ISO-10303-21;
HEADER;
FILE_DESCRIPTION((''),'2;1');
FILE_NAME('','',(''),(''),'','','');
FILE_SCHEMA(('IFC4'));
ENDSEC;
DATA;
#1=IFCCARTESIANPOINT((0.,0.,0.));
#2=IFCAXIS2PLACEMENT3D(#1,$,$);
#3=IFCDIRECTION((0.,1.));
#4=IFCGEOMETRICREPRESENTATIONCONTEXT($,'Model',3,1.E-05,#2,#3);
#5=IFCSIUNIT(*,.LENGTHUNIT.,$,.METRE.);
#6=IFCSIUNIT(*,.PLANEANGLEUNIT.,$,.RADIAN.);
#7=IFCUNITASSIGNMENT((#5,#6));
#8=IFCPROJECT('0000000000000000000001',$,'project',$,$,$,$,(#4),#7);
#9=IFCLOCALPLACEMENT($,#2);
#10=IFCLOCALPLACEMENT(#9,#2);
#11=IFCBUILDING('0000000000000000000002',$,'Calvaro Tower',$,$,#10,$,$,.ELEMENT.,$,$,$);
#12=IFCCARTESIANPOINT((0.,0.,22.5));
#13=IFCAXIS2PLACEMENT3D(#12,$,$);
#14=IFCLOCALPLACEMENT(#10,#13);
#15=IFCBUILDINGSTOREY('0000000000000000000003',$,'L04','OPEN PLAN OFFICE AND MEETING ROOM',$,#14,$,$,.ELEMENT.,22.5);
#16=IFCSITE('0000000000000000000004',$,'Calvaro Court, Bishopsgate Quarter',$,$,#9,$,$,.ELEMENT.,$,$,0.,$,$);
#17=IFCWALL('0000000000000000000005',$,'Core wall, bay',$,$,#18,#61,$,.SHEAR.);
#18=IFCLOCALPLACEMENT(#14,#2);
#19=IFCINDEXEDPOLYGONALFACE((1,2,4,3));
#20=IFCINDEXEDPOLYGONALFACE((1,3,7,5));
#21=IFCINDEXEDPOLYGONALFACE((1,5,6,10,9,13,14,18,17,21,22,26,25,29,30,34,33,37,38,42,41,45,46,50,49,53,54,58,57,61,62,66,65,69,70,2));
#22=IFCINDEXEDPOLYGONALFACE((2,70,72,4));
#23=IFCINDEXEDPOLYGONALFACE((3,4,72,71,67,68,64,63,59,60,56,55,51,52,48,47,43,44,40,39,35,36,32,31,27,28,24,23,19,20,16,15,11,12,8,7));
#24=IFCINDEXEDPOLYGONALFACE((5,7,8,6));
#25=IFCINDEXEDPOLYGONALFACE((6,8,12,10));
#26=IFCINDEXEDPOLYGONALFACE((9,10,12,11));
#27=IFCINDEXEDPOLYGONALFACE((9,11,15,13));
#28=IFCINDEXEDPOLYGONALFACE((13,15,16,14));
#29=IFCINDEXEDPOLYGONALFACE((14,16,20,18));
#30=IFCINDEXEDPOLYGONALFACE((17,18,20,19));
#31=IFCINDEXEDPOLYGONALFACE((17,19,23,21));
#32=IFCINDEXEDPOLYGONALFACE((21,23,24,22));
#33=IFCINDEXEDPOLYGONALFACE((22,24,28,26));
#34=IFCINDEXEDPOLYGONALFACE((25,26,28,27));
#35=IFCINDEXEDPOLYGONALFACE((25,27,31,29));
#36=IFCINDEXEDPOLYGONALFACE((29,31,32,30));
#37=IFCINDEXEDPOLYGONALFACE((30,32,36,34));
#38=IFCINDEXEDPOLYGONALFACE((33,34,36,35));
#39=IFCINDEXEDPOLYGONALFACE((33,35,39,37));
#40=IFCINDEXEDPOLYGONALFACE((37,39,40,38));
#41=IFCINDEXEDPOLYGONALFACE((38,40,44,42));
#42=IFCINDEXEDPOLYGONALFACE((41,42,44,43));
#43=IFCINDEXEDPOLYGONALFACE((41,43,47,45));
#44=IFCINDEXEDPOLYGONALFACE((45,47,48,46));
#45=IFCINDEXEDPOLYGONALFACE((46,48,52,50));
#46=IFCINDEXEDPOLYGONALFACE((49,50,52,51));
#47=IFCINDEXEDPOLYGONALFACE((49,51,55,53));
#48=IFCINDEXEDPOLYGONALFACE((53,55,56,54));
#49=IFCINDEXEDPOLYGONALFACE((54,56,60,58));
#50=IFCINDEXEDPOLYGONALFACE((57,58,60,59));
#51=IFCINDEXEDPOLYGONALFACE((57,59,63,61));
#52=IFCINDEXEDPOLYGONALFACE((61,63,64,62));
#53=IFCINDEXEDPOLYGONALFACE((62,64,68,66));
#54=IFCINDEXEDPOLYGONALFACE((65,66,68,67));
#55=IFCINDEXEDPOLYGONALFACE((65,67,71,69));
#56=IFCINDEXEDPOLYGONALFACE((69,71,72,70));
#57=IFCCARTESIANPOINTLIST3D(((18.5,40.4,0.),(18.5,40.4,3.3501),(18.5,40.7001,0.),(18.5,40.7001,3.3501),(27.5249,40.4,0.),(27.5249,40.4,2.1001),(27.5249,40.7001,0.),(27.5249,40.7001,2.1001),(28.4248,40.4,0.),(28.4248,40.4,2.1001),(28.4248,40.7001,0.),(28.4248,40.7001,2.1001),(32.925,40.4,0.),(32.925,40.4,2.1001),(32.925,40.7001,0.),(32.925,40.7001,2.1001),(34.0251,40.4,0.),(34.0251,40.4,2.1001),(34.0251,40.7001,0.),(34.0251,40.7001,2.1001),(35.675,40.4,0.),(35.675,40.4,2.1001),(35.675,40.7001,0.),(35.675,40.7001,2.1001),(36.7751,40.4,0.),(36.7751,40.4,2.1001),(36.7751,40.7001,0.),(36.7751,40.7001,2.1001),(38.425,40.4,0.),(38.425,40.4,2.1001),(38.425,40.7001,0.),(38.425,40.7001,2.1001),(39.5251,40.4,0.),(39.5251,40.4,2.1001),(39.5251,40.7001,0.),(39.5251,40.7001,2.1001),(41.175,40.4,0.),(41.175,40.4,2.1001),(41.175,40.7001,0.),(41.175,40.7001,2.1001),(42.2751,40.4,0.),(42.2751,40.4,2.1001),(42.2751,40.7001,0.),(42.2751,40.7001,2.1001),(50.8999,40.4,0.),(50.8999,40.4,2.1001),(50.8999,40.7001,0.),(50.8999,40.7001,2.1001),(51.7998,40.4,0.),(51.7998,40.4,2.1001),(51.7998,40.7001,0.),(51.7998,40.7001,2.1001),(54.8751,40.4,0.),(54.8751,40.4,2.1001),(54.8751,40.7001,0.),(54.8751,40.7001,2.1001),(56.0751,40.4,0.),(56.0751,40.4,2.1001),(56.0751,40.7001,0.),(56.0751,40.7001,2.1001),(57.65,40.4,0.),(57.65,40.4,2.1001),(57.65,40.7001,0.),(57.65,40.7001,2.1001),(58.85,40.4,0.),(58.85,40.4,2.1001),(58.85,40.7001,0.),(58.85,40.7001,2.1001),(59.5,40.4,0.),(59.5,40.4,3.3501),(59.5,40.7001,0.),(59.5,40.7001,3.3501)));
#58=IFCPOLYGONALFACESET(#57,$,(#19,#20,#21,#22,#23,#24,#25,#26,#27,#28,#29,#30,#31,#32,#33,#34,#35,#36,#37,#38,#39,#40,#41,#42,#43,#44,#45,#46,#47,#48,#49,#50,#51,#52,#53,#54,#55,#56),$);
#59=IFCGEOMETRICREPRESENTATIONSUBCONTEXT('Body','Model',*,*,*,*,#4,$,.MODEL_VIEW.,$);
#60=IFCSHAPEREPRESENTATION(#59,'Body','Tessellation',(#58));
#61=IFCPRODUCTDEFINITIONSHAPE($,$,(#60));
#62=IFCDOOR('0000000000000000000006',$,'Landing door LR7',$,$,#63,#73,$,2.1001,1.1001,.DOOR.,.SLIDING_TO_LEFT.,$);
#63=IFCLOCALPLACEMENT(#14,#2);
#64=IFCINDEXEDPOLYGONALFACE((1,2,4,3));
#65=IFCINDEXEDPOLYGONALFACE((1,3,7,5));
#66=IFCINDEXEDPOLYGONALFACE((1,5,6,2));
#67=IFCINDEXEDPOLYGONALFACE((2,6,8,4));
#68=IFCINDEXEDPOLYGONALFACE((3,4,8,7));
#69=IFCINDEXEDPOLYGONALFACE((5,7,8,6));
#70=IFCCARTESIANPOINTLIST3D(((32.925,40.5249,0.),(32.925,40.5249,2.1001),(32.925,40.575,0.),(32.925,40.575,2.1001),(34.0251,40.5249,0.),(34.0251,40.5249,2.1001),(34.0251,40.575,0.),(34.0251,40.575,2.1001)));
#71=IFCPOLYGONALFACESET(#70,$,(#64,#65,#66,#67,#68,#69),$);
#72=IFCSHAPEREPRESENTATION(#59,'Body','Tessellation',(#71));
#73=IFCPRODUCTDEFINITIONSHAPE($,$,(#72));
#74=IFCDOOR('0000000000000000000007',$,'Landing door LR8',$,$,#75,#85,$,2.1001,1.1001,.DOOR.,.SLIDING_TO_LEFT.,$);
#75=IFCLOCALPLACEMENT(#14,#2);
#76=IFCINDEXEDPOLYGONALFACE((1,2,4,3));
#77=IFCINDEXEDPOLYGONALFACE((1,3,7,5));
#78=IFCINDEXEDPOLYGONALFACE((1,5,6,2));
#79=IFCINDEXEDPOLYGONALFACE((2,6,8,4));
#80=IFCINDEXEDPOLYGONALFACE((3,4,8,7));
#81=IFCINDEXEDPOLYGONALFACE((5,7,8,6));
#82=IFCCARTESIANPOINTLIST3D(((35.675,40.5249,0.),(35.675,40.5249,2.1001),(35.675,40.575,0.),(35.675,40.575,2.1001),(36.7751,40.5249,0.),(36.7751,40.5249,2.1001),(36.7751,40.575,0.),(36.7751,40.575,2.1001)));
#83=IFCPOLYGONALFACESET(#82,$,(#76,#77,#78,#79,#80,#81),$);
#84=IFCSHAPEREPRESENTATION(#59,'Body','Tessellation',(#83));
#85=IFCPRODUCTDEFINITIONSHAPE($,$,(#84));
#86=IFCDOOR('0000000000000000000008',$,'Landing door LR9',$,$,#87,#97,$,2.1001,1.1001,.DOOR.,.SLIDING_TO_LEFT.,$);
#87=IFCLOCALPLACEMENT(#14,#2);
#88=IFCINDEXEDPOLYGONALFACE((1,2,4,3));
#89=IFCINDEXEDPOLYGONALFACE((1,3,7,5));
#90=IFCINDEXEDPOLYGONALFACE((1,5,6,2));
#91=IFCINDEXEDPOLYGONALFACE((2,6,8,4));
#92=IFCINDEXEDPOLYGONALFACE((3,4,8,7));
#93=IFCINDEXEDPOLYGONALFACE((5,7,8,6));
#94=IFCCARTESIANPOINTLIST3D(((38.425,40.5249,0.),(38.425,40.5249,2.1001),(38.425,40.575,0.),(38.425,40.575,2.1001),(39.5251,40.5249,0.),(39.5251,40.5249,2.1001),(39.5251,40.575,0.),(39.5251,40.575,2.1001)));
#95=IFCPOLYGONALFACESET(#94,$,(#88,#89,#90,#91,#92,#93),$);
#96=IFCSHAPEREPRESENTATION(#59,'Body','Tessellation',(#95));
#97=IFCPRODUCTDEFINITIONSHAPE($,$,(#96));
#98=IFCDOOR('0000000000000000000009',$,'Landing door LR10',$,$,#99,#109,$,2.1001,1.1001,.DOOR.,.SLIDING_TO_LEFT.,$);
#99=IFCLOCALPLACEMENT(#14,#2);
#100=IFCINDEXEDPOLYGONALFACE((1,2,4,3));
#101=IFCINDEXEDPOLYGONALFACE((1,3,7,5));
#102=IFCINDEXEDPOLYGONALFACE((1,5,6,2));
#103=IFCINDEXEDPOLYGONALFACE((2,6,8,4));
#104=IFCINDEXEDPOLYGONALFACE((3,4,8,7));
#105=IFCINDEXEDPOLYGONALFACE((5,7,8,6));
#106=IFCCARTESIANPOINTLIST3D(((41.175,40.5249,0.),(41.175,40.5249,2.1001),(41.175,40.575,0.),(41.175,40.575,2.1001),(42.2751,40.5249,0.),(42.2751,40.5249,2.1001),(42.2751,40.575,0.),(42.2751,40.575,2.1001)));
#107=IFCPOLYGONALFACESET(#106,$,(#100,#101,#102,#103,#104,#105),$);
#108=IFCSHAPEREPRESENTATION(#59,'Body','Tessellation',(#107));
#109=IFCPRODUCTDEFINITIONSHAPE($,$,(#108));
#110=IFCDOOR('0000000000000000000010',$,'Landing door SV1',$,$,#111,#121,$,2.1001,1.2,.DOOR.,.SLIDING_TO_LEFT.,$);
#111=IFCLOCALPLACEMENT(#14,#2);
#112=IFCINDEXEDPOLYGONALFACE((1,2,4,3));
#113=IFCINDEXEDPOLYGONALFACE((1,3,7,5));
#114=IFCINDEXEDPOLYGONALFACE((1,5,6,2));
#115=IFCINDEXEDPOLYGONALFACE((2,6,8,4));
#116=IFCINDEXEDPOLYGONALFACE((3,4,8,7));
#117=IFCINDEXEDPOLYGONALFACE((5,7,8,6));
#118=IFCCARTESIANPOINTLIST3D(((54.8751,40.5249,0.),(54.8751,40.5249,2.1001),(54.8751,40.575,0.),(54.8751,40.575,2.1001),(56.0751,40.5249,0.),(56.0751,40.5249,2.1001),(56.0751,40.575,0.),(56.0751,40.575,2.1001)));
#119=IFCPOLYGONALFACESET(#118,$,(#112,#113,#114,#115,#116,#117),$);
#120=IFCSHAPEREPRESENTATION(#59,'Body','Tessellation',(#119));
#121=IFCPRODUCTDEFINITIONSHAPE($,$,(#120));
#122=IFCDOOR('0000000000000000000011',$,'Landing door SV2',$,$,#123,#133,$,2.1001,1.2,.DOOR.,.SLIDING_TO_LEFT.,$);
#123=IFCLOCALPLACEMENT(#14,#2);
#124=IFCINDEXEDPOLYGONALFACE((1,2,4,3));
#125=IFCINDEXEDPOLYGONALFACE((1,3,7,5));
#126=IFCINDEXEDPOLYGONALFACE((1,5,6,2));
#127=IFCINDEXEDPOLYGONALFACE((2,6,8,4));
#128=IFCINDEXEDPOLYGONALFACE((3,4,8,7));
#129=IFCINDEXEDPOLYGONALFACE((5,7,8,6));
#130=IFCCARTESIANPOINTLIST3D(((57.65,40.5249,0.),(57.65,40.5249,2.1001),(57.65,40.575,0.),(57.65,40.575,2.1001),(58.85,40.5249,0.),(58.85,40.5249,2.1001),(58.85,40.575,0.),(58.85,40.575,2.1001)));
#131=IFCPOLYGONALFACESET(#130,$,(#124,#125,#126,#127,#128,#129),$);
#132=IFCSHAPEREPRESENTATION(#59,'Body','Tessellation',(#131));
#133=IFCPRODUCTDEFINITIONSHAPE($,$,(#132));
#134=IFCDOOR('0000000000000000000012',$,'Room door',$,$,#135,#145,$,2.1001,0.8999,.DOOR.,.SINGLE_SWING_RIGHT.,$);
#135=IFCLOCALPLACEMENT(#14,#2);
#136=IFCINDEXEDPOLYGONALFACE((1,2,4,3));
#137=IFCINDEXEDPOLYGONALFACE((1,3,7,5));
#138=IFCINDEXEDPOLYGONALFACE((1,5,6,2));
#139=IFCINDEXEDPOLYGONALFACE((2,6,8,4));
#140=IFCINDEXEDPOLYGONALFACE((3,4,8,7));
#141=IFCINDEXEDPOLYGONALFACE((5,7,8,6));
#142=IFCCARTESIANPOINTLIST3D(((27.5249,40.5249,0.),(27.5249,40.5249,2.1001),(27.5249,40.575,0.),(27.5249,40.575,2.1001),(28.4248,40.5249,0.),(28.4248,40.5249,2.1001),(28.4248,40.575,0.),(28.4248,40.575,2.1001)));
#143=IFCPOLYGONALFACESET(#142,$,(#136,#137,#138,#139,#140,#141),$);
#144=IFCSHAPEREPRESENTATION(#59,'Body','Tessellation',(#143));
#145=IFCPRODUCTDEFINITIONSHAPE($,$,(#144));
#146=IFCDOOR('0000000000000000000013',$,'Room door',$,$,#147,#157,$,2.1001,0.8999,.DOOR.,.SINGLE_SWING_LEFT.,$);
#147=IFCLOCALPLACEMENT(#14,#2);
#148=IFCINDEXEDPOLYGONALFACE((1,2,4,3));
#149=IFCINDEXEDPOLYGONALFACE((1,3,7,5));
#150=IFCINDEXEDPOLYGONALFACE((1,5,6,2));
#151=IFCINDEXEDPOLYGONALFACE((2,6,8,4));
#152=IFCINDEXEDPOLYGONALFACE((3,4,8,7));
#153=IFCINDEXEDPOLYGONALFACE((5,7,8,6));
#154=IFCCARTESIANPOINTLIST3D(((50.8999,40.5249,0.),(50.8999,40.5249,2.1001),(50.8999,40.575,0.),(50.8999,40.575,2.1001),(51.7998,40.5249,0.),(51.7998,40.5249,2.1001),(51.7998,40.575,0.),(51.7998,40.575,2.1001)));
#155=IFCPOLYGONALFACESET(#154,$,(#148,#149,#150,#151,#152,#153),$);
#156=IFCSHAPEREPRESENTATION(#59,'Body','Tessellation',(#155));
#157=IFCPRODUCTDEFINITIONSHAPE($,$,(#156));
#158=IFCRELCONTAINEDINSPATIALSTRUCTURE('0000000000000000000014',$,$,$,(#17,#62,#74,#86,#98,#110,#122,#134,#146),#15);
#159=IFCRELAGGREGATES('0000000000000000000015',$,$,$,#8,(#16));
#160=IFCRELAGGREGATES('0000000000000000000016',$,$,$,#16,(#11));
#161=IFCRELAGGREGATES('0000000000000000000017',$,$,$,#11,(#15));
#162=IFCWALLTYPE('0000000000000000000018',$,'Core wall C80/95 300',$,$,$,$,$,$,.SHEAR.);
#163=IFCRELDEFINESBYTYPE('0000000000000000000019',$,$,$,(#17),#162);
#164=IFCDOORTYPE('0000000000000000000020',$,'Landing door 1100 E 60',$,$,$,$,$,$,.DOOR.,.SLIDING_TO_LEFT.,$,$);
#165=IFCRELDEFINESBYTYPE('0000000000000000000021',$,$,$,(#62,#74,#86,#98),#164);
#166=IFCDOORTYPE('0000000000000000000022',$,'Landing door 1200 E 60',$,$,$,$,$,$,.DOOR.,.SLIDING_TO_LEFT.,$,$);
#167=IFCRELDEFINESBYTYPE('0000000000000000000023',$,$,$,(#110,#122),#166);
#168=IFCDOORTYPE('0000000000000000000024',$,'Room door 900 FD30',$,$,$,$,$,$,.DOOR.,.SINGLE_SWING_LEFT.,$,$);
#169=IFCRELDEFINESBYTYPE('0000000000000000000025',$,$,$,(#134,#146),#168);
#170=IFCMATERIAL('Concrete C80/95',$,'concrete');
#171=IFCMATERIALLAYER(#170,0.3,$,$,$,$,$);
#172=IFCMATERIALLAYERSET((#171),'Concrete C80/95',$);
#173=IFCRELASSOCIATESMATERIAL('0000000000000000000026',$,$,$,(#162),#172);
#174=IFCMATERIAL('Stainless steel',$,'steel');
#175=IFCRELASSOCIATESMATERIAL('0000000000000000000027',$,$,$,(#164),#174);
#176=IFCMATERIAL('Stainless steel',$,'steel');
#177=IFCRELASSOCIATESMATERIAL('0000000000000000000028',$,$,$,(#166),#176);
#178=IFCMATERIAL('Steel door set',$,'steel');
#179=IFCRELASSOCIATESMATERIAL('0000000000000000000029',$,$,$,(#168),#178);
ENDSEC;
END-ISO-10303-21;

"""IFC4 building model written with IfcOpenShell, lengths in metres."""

from ifc_helpers import new_model, si_unit, direction, frame, frame_2d, origin, place, context, subcontext, project, spatial, rectangle, extrude, material, layer, layer_set, type_object, element, fill, save


model = new_model("IFC4")

# Units and contexts
model_context = context("Model", 3, precision=1e-05, world=origin(), true_north=direction((0.0, 1.0)))
body_context = subcontext(model_context, "Body", "Model", "MODEL_VIEW")
ifc_project = project(units=[si_unit("LENGTHUNIT", "METRE"), si_unit("PLANEANGLEUNIT", "RADIAN")], contexts=[model_context])

# Site, building, storey
site_placement = place(None, origin())
site = spatial("IfcSite", under=ifc_project, at=site_placement, Name="Calvaro Court, Bishopsgate Quarter", CompositionType="ELEMENT", RefElevation=0.0)
building_placement = place(site_placement, origin())
building = spatial("IfcBuilding", under=site, at=building_placement, Name="Calvaro Tower", CompositionType="ELEMENT")
storey_placement = place(building_placement, frame((0.0, 0.0, 22.5)))
storey = spatial("IfcBuildingStorey", under=building, at=storey_placement, Name="L04", Description="OPEN PLAN OFFICE AND MEETING ROOM", CompositionType="ELEMENT", Elevation=22.5)

# Shared definitions
ifc_material_1 = material(Name="Concrete C80/95", Category="concrete")
ifc_layer_1 = layer(ifc_material_1, 0.3)
ifc_layer_set_1 = layer_set([ifc_layer_1], Name="Concrete C80/95")
wall_type_1 = type_object("IfcWallType", Name="Core wall C80/95 300", PredefinedType="SHEAR", material=ifc_layer_set_1)

# Shared definitions
ifc_material_2 = material(Name="Stainless steel", Category="steel")
door_type_1 = type_object("IfcDoorType", Name="Landing door 1100 E 60", OperationType="SLIDING_TO_LEFT", PredefinedType="DOOR", material=ifc_material_2)

# Wall, openings, doors
wall_1_placement = place(storey_placement, frame((18.5, 40.55, 0.0), z_axis=(0.0, 0.0, 1.0), x_axis=(1.0, 0.0, 0.0)))
wall_1 = element("IfcWall", 1, at=wall_1_placement, inside=storey, type_object=wall_type_1, Name="Core wall, bay", PredefinedType="SHEAR", context=body_context, shape_type="SweptSolid", body=[
    extrude(rectangle(XDim=41.0, YDim=0.3, at=frame_2d((20.5, 0.0))), origin(), (0.0, 0.0, 1.0), 3.3501),
])
opening_1_placement = place(wall_1_placement, frame((9.0249, 0.0, 0.0)))
opening_1 = element("IfcOpeningElement", 2, at=opening_1_placement, cuts=wall_1, PredefinedType="OPENING", context=body_context, shape_type="SweptSolid", body=[
    extrude(rectangle(XDim=0.8999, YDim=2.1001, at=frame_2d((0.45, 1.05))), frame((0.0, 0.1599, 0.0), z_axis=(0.0, -1.0, 0.0), x_axis=(1.0, 0.0, 0.0)), (0.0, 0.0, 1.0), 0.3201),
])
opening_2_placement = place(wall_1_placement, frame((32.3999, 0.0, 0.0)))
opening_2 = element("IfcOpeningElement", 3, at=opening_2_placement, cuts=wall_1, PredefinedType="OPENING", context=body_context, shape_type="SweptSolid", body=[
    extrude(rectangle(XDim=0.8999, YDim=2.1001, at=frame_2d((0.45, 1.05))), frame((0.0, 0.1599, 0.0), z_axis=(0.0, -1.0, 0.0), x_axis=(1.0, 0.0, 0.0)), (0.0, 0.0, 1.0), 0.3201),
])
opening_3_placement = place(wall_1_placement, frame((14.425, 0.0, 0.0)))
opening_3 = element("IfcOpeningElement", 4, at=opening_3_placement, cuts=wall_1, PredefinedType="OPENING", context=body_context, shape_type="SweptSolid", body=[
    extrude(rectangle(XDim=1.1001, YDim=2.1001, at=frame_2d((0.55, 1.05))), frame((0.0, 0.1599, 0.0), z_axis=(0.0, -1.0, 0.0), x_axis=(1.0, 0.0, 0.0)), (0.0, 0.0, 1.0), 0.3201),
])
opening_4_placement = place(wall_1_placement, frame((17.175, 0.0, 0.0)))
opening_4 = element("IfcOpeningElement", 5, at=opening_4_placement, cuts=wall_1, PredefinedType="OPENING", context=body_context, shape_type="SweptSolid", body=[
    extrude(rectangle(XDim=1.1001, YDim=2.1001, at=frame_2d((0.55, 1.05))), frame((0.0, 0.1599, 0.0), z_axis=(0.0, -1.0, 0.0), x_axis=(1.0, 0.0, 0.0)), (0.0, 0.0, 1.0), 0.3201),
])
opening_5_placement = place(wall_1_placement, frame((19.925, 0.0, 0.0)))
opening_5 = element("IfcOpeningElement", 6, at=opening_5_placement, cuts=wall_1, PredefinedType="OPENING", context=body_context, shape_type="SweptSolid", body=[
    extrude(rectangle(XDim=1.1001, YDim=2.1001, at=frame_2d((0.55, 1.05))), frame((0.0, 0.1599, 0.0), z_axis=(0.0, -1.0, 0.0), x_axis=(1.0, 0.0, 0.0)), (0.0, 0.0, 1.0), 0.3201),
])
opening_6_placement = place(wall_1_placement, frame((22.675, 0.0, 0.0)))
opening_6 = element("IfcOpeningElement", 7, at=opening_6_placement, cuts=wall_1, PredefinedType="OPENING", context=body_context, shape_type="SweptSolid", body=[
    extrude(rectangle(XDim=1.1001, YDim=2.1001, at=frame_2d((0.55, 1.05))), frame((0.0, 0.1599, 0.0), z_axis=(0.0, -1.0, 0.0), x_axis=(1.0, 0.0, 0.0)), (0.0, 0.0, 1.0), 0.3201),
])
opening_7_placement = place(wall_1_placement, frame((36.375, 0.0, 0.0)))
opening_7 = element("IfcOpeningElement", 8, at=opening_7_placement, cuts=wall_1, PredefinedType="OPENING", context=body_context, shape_type="SweptSolid", body=[
    extrude(rectangle(XDim=1.2, YDim=2.1001, at=frame_2d((0.6001, 1.05))), frame((0.0, 0.1599, 0.0), z_axis=(0.0, -1.0, 0.0), x_axis=(1.0, 0.0, 0.0)), (0.0, 0.0, 1.0), 0.3201),
])
opening_8_placement = place(wall_1_placement, frame((39.1499, 0.0, 0.0)))
opening_8 = element("IfcOpeningElement", 9, at=opening_8_placement, cuts=wall_1, PredefinedType="OPENING", context=body_context, shape_type="SweptSolid", body=[
    extrude(rectangle(XDim=1.2, YDim=2.1001, at=frame_2d((0.6001, 1.05))), frame((0.0, 0.1599, 0.0), z_axis=(0.0, -1.0, 0.0), x_axis=(1.0, 0.0, 0.0)), (0.0, 0.0, 1.0), 0.3201),
])
door_1_placement = place(opening_3_placement, origin())
door_1 = element("IfcDoor", 10, at=door_1_placement, inside=storey, type_object=door_type_1, Name="Landing door LR7", OperationType="SLIDING_TO_LEFT", OverallHeight=2.1001, OverallWidth=1.1001, PredefinedType="DOOR", context=body_context, shape_type="SweptSolid", body=[
    extrude(rectangle(XDim=1.1001, YDim=2.1001, at=frame_2d((0.55, 1.05))), frame((0.0, 0.0249, 0.0), z_axis=(0.0, -1.0, 0.0), x_axis=(1.0, 0.0, 0.0)), (0.0, 0.0, 1.0), 0.05),
])
fill(opening_3, door_1)
door_2_placement = place(opening_4_placement, origin())
door_2 = element("IfcDoor", 11, at=door_2_placement, inside=storey, type_object=door_type_1, Name="Landing door LR8", OperationType="SLIDING_TO_LEFT", OverallHeight=2.1001, OverallWidth=1.1001, PredefinedType="DOOR", context=body_context, shape_type="SweptSolid", body=[
    extrude(rectangle(XDim=1.1001, YDim=2.1001, at=frame_2d((0.55, 1.05))), frame((0.0, 0.0249, 0.0), z_axis=(0.0, -1.0, 0.0), x_axis=(1.0, 0.0, 0.0)), (0.0, 0.0, 1.0), 0.05),
])
fill(opening_4, door_2)
door_3_placement = place(opening_5_placement, origin())
door_3 = element("IfcDoor", 12, at=door_3_placement, inside=storey, type_object=door_type_1, Name="Landing door LR9", OperationType="SLIDING_TO_LEFT", OverallHeight=2.1001, OverallWidth=1.1001, PredefinedType="DOOR", context=body_context, shape_type="SweptSolid", body=[
    extrude(rectangle(XDim=1.1001, YDim=2.1001, at=frame_2d((0.55, 1.05))), frame((0.0, 0.0249, 0.0), z_axis=(0.0, -1.0, 0.0), x_axis=(1.0, 0.0, 0.0)), (0.0, 0.0, 1.0), 0.05),
])
fill(opening_5, door_3)
door_4_placement = place(opening_6_placement, origin())
door_4 = element("IfcDoor", 13, at=door_4_placement, inside=storey, type_object=door_type_1, Name="Landing door LR10", OperationType="SLIDING_TO_LEFT", OverallHeight=2.1001, OverallWidth=1.1001, PredefinedType="DOOR", context=body_context, shape_type="SweptSolid", body=[
    extrude(rectangle(XDim=1.1001, YDim=2.1001, at=frame_2d((0.55, 1.05))), frame((0.0, 0.0249, 0.0), z_axis=(0.0, -1.0, 0.0), x_axis=(1.0, 0.0, 0.0)), (0.0, 0.0, 1.0), 0.05),
])
fill(opening_6, door_4)
ifc_material_3 = material(Name="Stainless steel", Category="steel")
door_type_2 = type_object("IfcDoorType", Name="Landing door 1200 E 60", OperationType="SLIDING_TO_LEFT", PredefinedType="DOOR", material=ifc_material_3)
door_5_placement = place(opening_7_placement, origin())
door_5 = element("IfcDoor", 14, at=door_5_placement, inside=storey, type_object=door_type_2, Name="Landing door SV1", OperationType="SLIDING_TO_LEFT", OverallHeight=2.1001, OverallWidth=1.2, PredefinedType="DOOR", context=body_context, shape_type="SweptSolid", body=[
    extrude(rectangle(XDim=1.2, YDim=2.1001, at=frame_2d((0.6001, 1.05))), frame((0.0, 0.0249, 0.0), z_axis=(0.0, -1.0, 0.0), x_axis=(1.0, 0.0, 0.0)), (0.0, 0.0, 1.0), 0.05),
])
fill(opening_7, door_5)
door_6_placement = place(opening_8_placement, origin())
door_6 = element("IfcDoor", 15, at=door_6_placement, inside=storey, type_object=door_type_2, Name="Landing door SV2", OperationType="SLIDING_TO_LEFT", OverallHeight=2.1001, OverallWidth=1.2, PredefinedType="DOOR", context=body_context, shape_type="SweptSolid", body=[
    extrude(rectangle(XDim=1.2, YDim=2.1001, at=frame_2d((0.6001, 1.05))), frame((0.0, 0.0249, 0.0), z_axis=(0.0, -1.0, 0.0), x_axis=(1.0, 0.0, 0.0)), (0.0, 0.0, 1.0), 0.05),
])
fill(opening_8, door_6)
ifc_material_4 = material(Name="Steel door set", Category="steel")
door_type_3 = type_object("IfcDoorType", Name="Room door 900 FD30", OperationType="SINGLE_SWING_LEFT", PredefinedType="DOOR", material=ifc_material_4)
door_7_placement = place(opening_1_placement, origin())
door_7 = element("IfcDoor", 16, at=door_7_placement, inside=storey, type_object=door_type_3, Name="Room door", OperationType="SINGLE_SWING_RIGHT", OverallHeight=2.1001, OverallWidth=0.8999, PredefinedType="DOOR", context=body_context, shape_type="SweptSolid", body=[
    extrude(rectangle(XDim=0.8999, YDim=2.1001, at=frame_2d((0.45, 1.05))), frame((0.0, 0.0249, 0.0), z_axis=(0.0, -1.0, 0.0), x_axis=(1.0, 0.0, 0.0)), (0.0, 0.0, 1.0), 0.05),
])
fill(opening_1, door_7)
door_8_placement = place(opening_2_placement, origin())
door_8 = element("IfcDoor", 17, at=door_8_placement, inside=storey, type_object=door_type_3, Name="Room door", OperationType="SINGLE_SWING_LEFT", OverallHeight=2.1001, OverallWidth=0.8999, PredefinedType="DOOR", context=body_context, shape_type="SweptSolid", body=[
    extrude(rectangle(XDim=0.8999, YDim=2.1001, at=frame_2d((0.45, 1.05))), frame((0.0, 0.0249, 0.0), z_axis=(0.0, -1.0, 0.0), x_axis=(1.0, 0.0, 0.0)), (0.0, 0.0, 1.0), 0.05),
])
fill(opening_2, door_8)

save(model, "model.ifc")
